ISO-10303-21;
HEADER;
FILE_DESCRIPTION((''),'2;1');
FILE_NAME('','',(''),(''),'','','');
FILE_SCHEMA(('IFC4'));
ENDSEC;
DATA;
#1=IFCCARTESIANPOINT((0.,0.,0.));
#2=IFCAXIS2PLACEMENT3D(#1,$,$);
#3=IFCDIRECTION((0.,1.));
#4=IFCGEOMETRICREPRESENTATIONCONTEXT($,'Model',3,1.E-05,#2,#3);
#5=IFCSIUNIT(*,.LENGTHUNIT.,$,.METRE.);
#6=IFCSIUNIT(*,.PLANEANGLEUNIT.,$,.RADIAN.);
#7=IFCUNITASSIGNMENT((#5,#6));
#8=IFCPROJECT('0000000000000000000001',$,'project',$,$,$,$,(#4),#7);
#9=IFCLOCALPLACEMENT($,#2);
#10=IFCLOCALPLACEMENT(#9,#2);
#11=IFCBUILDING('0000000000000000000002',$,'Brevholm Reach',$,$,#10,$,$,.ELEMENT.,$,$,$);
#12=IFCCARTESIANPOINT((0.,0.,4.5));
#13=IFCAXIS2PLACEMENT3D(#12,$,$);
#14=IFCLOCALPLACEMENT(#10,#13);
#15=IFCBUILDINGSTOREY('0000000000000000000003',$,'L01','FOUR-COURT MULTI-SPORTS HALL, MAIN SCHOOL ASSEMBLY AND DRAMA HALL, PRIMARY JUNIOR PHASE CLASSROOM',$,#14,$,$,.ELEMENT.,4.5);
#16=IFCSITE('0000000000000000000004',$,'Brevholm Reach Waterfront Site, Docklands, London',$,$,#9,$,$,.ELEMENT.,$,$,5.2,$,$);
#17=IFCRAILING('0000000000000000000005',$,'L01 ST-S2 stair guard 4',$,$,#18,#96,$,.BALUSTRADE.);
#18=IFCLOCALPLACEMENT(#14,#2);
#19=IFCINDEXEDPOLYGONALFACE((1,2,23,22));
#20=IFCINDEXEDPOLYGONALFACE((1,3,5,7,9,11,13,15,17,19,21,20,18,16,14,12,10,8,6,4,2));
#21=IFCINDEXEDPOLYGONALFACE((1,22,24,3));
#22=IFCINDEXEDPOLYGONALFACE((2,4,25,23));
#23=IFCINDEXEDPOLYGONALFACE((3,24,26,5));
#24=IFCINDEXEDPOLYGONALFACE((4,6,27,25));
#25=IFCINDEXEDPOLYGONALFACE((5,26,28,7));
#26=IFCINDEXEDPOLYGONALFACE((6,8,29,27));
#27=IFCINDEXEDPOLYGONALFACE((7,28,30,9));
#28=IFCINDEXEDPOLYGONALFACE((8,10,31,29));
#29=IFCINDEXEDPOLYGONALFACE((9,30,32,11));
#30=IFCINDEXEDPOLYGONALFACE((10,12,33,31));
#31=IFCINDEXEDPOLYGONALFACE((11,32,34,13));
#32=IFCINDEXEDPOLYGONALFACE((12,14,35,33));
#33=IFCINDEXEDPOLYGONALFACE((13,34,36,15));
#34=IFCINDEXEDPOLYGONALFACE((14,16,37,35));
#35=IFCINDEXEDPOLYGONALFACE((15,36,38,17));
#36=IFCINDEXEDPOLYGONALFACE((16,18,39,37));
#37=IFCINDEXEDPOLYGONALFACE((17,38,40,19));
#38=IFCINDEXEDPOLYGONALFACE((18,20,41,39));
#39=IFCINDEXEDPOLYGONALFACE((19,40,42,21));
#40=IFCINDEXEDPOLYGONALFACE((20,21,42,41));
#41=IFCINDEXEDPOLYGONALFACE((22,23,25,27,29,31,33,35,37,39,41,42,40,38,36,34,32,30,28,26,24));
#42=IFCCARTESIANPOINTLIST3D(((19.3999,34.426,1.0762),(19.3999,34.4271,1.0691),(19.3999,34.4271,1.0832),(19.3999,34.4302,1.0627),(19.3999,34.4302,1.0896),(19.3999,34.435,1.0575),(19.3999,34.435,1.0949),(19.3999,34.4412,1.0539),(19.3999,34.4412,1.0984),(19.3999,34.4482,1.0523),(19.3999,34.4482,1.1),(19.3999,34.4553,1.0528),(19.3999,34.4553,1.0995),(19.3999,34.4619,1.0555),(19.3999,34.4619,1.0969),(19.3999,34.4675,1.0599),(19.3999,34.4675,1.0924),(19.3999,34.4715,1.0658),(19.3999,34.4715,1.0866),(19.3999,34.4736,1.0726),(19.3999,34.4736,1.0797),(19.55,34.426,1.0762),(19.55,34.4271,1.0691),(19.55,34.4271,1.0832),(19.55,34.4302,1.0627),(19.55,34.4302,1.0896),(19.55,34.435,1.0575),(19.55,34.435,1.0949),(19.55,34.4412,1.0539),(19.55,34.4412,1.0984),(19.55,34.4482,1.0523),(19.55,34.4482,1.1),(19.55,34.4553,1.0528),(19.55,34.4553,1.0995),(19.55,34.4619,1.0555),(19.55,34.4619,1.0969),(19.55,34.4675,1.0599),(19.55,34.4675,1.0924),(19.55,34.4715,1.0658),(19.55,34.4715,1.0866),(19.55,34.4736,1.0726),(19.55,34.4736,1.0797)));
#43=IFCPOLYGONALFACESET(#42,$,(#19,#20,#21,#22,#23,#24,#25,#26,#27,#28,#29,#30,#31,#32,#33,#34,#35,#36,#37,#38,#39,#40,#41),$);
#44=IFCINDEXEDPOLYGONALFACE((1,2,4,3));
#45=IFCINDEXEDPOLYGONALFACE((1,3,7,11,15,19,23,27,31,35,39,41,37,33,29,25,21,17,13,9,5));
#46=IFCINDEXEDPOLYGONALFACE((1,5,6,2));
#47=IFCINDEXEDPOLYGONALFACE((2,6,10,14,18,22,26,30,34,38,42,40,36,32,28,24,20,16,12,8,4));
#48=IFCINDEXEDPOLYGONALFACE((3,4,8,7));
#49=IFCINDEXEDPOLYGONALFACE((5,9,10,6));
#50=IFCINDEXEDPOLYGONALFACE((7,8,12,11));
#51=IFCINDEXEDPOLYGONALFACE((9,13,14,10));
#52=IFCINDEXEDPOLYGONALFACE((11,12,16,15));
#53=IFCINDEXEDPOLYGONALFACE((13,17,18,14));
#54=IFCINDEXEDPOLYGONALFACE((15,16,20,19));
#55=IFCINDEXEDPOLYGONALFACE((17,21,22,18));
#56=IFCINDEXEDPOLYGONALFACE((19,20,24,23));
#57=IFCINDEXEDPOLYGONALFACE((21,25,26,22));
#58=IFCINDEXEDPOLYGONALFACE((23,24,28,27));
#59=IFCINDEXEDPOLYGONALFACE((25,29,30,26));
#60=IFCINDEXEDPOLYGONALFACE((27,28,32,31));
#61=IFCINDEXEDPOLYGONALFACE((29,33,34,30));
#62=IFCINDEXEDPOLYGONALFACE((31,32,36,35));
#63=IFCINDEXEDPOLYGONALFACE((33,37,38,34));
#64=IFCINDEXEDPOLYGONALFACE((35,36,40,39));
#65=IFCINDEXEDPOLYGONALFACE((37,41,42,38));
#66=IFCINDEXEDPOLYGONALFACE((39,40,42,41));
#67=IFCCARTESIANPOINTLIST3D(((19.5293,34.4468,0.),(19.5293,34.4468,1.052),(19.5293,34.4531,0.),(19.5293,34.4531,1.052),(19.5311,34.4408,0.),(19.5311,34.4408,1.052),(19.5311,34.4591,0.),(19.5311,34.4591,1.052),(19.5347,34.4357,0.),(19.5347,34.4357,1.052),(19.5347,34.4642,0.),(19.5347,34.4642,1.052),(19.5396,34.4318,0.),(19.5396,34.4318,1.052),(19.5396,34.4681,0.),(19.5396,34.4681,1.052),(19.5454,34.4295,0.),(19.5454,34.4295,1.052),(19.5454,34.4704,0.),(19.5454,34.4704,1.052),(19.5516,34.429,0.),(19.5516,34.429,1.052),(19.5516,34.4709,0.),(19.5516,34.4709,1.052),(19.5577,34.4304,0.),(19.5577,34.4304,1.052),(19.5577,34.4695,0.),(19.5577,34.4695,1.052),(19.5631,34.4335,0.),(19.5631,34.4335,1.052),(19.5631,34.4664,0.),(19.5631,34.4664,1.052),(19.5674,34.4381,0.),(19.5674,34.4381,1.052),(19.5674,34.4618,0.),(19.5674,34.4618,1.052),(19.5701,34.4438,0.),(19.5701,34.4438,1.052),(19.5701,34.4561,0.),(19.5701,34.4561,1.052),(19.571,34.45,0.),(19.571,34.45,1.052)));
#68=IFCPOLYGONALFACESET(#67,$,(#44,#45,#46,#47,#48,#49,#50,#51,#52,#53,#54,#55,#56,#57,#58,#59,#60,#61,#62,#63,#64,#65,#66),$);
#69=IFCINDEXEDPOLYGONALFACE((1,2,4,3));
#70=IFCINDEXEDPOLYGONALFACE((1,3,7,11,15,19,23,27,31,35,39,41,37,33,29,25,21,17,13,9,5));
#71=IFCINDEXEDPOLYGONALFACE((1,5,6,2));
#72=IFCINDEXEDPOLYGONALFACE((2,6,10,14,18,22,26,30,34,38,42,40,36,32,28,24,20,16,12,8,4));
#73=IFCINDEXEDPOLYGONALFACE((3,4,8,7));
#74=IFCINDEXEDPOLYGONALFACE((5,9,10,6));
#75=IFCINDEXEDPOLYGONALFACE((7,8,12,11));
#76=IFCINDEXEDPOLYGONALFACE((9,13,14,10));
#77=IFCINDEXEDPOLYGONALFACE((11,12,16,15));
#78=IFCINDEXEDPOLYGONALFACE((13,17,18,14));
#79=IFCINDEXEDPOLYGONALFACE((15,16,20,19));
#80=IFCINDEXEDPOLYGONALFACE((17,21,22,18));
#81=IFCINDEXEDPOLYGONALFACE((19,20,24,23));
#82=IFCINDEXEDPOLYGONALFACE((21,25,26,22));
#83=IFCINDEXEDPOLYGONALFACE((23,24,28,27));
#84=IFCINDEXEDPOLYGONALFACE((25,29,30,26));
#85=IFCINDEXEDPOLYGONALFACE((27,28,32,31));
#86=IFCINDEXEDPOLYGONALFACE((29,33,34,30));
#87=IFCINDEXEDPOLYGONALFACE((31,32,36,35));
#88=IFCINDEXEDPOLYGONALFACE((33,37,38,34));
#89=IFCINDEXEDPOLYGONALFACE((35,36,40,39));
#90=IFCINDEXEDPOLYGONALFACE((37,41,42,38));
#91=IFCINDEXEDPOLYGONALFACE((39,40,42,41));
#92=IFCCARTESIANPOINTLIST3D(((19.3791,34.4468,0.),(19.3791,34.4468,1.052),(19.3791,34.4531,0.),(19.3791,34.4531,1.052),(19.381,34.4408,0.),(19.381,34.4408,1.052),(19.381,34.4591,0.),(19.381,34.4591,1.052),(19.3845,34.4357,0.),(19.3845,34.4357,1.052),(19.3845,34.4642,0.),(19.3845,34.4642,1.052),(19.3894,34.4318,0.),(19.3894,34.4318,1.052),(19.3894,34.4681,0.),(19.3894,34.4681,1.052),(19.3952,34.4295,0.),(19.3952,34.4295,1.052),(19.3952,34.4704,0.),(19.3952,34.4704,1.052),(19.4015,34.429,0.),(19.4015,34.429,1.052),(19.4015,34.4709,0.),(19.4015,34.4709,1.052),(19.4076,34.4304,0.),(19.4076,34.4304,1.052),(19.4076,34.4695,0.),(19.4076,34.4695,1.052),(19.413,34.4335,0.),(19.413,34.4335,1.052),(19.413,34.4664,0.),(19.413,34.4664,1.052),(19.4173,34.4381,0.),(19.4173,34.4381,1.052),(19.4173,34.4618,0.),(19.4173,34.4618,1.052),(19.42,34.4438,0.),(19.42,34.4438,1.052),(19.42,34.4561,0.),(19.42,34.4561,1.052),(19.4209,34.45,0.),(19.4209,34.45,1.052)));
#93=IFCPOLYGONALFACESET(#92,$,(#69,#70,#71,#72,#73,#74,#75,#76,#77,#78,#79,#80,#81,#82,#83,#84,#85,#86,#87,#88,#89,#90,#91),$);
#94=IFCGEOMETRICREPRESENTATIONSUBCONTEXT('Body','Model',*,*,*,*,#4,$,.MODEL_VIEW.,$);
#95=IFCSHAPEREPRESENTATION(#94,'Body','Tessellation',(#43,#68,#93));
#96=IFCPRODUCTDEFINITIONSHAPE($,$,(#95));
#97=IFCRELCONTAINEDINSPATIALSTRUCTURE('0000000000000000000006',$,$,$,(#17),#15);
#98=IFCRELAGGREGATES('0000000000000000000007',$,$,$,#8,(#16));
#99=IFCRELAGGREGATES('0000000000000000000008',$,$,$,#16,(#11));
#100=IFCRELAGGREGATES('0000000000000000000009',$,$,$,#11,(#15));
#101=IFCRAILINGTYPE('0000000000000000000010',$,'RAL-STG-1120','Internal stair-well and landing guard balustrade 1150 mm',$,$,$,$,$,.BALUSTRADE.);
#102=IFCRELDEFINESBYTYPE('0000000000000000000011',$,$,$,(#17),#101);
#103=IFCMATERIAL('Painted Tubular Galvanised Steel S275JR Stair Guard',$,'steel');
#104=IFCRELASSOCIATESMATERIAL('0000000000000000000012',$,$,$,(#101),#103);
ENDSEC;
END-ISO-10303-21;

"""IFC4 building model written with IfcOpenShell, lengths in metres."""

from ifc_helpers import new_model, si_unit, direction, frame, origin, origin_2d, place, context, subcontext, project, spatial, circle, extrude, material, type_object, element, save


model = new_model("IFC4")

# Units and contexts
model_context = context("Model", 3, precision=1e-05, world=origin(), true_north=direction((0.0, 1.0)))
body_context = subcontext(model_context, "Body", "Model", "MODEL_VIEW")
ifc_project = project(units=[si_unit("LENGTHUNIT", "METRE"), si_unit("PLANEANGLEUNIT", "RADIAN")], contexts=[model_context])

# Site, building, storey
site_placement = place(None, origin())
site = spatial("IfcSite", under=ifc_project, at=site_placement, Name="Brevholm Reach Waterfront Site, Docklands, London", CompositionType="ELEMENT", RefElevation=5.2)
building_placement = place(site_placement, origin())
building = spatial("IfcBuilding", under=site, at=building_placement, Name="Brevholm Reach", CompositionType="ELEMENT")
storey_placement = place(building_placement, frame((0.0, 0.0, 4.5)))
storey = spatial("IfcBuildingStorey", under=building, at=storey_placement, Name="L01", Description="FOUR-COURT MULTI-SPORTS HALL, MAIN SCHOOL ASSEMBLY AND DRAMA HALL, PRIMARY JUNIOR PHASE CLASSROOM", CompositionType="ELEMENT", Elevation=4.5)

# Railing
ifc_material_1 = material(Name="Painted Tubular Galvanised Steel S275JR Stair Guard", Category="steel")
railing_type_1 = type_object("IfcRailingType", Name="RAL-STG-1120", Description="Internal stair-well and landing guard balustrade 1150 mm", PredefinedType="BALUSTRADE", material=ifc_material_1)
railing_1_placement = place(storey_placement, frame((19.55, 34.45, 0.0)))
element("IfcRailing", 1, at=railing_1_placement, inside=storey, type_object=railing_type_1, Name="L01 ST-S2 stair guard 4", PredefinedType="BALUSTRADE", context=body_context, shape_type="SweptSolid", body=[
    extrude(circle(Radius=0.0239, at=origin_2d()), frame((0.0, 0.0, 1.0762), z_axis=(-1.0, 0.0, 0.0), x_axis=(0.0, -1.0, 0.0)), (0.0, 0.0, 1.0), 0.1501),
    extrude(circle(Radius=0.021, at=origin_2d()), origin(), (0.0, 0.0, 1.0), 1.052),
    extrude(circle(Radius=0.021, at=origin_2d()), frame((-0.1501, 0.0, 0.0)), (0.0, 0.0, 1.0), 1.052),
])

save(model, "model.ifc")
